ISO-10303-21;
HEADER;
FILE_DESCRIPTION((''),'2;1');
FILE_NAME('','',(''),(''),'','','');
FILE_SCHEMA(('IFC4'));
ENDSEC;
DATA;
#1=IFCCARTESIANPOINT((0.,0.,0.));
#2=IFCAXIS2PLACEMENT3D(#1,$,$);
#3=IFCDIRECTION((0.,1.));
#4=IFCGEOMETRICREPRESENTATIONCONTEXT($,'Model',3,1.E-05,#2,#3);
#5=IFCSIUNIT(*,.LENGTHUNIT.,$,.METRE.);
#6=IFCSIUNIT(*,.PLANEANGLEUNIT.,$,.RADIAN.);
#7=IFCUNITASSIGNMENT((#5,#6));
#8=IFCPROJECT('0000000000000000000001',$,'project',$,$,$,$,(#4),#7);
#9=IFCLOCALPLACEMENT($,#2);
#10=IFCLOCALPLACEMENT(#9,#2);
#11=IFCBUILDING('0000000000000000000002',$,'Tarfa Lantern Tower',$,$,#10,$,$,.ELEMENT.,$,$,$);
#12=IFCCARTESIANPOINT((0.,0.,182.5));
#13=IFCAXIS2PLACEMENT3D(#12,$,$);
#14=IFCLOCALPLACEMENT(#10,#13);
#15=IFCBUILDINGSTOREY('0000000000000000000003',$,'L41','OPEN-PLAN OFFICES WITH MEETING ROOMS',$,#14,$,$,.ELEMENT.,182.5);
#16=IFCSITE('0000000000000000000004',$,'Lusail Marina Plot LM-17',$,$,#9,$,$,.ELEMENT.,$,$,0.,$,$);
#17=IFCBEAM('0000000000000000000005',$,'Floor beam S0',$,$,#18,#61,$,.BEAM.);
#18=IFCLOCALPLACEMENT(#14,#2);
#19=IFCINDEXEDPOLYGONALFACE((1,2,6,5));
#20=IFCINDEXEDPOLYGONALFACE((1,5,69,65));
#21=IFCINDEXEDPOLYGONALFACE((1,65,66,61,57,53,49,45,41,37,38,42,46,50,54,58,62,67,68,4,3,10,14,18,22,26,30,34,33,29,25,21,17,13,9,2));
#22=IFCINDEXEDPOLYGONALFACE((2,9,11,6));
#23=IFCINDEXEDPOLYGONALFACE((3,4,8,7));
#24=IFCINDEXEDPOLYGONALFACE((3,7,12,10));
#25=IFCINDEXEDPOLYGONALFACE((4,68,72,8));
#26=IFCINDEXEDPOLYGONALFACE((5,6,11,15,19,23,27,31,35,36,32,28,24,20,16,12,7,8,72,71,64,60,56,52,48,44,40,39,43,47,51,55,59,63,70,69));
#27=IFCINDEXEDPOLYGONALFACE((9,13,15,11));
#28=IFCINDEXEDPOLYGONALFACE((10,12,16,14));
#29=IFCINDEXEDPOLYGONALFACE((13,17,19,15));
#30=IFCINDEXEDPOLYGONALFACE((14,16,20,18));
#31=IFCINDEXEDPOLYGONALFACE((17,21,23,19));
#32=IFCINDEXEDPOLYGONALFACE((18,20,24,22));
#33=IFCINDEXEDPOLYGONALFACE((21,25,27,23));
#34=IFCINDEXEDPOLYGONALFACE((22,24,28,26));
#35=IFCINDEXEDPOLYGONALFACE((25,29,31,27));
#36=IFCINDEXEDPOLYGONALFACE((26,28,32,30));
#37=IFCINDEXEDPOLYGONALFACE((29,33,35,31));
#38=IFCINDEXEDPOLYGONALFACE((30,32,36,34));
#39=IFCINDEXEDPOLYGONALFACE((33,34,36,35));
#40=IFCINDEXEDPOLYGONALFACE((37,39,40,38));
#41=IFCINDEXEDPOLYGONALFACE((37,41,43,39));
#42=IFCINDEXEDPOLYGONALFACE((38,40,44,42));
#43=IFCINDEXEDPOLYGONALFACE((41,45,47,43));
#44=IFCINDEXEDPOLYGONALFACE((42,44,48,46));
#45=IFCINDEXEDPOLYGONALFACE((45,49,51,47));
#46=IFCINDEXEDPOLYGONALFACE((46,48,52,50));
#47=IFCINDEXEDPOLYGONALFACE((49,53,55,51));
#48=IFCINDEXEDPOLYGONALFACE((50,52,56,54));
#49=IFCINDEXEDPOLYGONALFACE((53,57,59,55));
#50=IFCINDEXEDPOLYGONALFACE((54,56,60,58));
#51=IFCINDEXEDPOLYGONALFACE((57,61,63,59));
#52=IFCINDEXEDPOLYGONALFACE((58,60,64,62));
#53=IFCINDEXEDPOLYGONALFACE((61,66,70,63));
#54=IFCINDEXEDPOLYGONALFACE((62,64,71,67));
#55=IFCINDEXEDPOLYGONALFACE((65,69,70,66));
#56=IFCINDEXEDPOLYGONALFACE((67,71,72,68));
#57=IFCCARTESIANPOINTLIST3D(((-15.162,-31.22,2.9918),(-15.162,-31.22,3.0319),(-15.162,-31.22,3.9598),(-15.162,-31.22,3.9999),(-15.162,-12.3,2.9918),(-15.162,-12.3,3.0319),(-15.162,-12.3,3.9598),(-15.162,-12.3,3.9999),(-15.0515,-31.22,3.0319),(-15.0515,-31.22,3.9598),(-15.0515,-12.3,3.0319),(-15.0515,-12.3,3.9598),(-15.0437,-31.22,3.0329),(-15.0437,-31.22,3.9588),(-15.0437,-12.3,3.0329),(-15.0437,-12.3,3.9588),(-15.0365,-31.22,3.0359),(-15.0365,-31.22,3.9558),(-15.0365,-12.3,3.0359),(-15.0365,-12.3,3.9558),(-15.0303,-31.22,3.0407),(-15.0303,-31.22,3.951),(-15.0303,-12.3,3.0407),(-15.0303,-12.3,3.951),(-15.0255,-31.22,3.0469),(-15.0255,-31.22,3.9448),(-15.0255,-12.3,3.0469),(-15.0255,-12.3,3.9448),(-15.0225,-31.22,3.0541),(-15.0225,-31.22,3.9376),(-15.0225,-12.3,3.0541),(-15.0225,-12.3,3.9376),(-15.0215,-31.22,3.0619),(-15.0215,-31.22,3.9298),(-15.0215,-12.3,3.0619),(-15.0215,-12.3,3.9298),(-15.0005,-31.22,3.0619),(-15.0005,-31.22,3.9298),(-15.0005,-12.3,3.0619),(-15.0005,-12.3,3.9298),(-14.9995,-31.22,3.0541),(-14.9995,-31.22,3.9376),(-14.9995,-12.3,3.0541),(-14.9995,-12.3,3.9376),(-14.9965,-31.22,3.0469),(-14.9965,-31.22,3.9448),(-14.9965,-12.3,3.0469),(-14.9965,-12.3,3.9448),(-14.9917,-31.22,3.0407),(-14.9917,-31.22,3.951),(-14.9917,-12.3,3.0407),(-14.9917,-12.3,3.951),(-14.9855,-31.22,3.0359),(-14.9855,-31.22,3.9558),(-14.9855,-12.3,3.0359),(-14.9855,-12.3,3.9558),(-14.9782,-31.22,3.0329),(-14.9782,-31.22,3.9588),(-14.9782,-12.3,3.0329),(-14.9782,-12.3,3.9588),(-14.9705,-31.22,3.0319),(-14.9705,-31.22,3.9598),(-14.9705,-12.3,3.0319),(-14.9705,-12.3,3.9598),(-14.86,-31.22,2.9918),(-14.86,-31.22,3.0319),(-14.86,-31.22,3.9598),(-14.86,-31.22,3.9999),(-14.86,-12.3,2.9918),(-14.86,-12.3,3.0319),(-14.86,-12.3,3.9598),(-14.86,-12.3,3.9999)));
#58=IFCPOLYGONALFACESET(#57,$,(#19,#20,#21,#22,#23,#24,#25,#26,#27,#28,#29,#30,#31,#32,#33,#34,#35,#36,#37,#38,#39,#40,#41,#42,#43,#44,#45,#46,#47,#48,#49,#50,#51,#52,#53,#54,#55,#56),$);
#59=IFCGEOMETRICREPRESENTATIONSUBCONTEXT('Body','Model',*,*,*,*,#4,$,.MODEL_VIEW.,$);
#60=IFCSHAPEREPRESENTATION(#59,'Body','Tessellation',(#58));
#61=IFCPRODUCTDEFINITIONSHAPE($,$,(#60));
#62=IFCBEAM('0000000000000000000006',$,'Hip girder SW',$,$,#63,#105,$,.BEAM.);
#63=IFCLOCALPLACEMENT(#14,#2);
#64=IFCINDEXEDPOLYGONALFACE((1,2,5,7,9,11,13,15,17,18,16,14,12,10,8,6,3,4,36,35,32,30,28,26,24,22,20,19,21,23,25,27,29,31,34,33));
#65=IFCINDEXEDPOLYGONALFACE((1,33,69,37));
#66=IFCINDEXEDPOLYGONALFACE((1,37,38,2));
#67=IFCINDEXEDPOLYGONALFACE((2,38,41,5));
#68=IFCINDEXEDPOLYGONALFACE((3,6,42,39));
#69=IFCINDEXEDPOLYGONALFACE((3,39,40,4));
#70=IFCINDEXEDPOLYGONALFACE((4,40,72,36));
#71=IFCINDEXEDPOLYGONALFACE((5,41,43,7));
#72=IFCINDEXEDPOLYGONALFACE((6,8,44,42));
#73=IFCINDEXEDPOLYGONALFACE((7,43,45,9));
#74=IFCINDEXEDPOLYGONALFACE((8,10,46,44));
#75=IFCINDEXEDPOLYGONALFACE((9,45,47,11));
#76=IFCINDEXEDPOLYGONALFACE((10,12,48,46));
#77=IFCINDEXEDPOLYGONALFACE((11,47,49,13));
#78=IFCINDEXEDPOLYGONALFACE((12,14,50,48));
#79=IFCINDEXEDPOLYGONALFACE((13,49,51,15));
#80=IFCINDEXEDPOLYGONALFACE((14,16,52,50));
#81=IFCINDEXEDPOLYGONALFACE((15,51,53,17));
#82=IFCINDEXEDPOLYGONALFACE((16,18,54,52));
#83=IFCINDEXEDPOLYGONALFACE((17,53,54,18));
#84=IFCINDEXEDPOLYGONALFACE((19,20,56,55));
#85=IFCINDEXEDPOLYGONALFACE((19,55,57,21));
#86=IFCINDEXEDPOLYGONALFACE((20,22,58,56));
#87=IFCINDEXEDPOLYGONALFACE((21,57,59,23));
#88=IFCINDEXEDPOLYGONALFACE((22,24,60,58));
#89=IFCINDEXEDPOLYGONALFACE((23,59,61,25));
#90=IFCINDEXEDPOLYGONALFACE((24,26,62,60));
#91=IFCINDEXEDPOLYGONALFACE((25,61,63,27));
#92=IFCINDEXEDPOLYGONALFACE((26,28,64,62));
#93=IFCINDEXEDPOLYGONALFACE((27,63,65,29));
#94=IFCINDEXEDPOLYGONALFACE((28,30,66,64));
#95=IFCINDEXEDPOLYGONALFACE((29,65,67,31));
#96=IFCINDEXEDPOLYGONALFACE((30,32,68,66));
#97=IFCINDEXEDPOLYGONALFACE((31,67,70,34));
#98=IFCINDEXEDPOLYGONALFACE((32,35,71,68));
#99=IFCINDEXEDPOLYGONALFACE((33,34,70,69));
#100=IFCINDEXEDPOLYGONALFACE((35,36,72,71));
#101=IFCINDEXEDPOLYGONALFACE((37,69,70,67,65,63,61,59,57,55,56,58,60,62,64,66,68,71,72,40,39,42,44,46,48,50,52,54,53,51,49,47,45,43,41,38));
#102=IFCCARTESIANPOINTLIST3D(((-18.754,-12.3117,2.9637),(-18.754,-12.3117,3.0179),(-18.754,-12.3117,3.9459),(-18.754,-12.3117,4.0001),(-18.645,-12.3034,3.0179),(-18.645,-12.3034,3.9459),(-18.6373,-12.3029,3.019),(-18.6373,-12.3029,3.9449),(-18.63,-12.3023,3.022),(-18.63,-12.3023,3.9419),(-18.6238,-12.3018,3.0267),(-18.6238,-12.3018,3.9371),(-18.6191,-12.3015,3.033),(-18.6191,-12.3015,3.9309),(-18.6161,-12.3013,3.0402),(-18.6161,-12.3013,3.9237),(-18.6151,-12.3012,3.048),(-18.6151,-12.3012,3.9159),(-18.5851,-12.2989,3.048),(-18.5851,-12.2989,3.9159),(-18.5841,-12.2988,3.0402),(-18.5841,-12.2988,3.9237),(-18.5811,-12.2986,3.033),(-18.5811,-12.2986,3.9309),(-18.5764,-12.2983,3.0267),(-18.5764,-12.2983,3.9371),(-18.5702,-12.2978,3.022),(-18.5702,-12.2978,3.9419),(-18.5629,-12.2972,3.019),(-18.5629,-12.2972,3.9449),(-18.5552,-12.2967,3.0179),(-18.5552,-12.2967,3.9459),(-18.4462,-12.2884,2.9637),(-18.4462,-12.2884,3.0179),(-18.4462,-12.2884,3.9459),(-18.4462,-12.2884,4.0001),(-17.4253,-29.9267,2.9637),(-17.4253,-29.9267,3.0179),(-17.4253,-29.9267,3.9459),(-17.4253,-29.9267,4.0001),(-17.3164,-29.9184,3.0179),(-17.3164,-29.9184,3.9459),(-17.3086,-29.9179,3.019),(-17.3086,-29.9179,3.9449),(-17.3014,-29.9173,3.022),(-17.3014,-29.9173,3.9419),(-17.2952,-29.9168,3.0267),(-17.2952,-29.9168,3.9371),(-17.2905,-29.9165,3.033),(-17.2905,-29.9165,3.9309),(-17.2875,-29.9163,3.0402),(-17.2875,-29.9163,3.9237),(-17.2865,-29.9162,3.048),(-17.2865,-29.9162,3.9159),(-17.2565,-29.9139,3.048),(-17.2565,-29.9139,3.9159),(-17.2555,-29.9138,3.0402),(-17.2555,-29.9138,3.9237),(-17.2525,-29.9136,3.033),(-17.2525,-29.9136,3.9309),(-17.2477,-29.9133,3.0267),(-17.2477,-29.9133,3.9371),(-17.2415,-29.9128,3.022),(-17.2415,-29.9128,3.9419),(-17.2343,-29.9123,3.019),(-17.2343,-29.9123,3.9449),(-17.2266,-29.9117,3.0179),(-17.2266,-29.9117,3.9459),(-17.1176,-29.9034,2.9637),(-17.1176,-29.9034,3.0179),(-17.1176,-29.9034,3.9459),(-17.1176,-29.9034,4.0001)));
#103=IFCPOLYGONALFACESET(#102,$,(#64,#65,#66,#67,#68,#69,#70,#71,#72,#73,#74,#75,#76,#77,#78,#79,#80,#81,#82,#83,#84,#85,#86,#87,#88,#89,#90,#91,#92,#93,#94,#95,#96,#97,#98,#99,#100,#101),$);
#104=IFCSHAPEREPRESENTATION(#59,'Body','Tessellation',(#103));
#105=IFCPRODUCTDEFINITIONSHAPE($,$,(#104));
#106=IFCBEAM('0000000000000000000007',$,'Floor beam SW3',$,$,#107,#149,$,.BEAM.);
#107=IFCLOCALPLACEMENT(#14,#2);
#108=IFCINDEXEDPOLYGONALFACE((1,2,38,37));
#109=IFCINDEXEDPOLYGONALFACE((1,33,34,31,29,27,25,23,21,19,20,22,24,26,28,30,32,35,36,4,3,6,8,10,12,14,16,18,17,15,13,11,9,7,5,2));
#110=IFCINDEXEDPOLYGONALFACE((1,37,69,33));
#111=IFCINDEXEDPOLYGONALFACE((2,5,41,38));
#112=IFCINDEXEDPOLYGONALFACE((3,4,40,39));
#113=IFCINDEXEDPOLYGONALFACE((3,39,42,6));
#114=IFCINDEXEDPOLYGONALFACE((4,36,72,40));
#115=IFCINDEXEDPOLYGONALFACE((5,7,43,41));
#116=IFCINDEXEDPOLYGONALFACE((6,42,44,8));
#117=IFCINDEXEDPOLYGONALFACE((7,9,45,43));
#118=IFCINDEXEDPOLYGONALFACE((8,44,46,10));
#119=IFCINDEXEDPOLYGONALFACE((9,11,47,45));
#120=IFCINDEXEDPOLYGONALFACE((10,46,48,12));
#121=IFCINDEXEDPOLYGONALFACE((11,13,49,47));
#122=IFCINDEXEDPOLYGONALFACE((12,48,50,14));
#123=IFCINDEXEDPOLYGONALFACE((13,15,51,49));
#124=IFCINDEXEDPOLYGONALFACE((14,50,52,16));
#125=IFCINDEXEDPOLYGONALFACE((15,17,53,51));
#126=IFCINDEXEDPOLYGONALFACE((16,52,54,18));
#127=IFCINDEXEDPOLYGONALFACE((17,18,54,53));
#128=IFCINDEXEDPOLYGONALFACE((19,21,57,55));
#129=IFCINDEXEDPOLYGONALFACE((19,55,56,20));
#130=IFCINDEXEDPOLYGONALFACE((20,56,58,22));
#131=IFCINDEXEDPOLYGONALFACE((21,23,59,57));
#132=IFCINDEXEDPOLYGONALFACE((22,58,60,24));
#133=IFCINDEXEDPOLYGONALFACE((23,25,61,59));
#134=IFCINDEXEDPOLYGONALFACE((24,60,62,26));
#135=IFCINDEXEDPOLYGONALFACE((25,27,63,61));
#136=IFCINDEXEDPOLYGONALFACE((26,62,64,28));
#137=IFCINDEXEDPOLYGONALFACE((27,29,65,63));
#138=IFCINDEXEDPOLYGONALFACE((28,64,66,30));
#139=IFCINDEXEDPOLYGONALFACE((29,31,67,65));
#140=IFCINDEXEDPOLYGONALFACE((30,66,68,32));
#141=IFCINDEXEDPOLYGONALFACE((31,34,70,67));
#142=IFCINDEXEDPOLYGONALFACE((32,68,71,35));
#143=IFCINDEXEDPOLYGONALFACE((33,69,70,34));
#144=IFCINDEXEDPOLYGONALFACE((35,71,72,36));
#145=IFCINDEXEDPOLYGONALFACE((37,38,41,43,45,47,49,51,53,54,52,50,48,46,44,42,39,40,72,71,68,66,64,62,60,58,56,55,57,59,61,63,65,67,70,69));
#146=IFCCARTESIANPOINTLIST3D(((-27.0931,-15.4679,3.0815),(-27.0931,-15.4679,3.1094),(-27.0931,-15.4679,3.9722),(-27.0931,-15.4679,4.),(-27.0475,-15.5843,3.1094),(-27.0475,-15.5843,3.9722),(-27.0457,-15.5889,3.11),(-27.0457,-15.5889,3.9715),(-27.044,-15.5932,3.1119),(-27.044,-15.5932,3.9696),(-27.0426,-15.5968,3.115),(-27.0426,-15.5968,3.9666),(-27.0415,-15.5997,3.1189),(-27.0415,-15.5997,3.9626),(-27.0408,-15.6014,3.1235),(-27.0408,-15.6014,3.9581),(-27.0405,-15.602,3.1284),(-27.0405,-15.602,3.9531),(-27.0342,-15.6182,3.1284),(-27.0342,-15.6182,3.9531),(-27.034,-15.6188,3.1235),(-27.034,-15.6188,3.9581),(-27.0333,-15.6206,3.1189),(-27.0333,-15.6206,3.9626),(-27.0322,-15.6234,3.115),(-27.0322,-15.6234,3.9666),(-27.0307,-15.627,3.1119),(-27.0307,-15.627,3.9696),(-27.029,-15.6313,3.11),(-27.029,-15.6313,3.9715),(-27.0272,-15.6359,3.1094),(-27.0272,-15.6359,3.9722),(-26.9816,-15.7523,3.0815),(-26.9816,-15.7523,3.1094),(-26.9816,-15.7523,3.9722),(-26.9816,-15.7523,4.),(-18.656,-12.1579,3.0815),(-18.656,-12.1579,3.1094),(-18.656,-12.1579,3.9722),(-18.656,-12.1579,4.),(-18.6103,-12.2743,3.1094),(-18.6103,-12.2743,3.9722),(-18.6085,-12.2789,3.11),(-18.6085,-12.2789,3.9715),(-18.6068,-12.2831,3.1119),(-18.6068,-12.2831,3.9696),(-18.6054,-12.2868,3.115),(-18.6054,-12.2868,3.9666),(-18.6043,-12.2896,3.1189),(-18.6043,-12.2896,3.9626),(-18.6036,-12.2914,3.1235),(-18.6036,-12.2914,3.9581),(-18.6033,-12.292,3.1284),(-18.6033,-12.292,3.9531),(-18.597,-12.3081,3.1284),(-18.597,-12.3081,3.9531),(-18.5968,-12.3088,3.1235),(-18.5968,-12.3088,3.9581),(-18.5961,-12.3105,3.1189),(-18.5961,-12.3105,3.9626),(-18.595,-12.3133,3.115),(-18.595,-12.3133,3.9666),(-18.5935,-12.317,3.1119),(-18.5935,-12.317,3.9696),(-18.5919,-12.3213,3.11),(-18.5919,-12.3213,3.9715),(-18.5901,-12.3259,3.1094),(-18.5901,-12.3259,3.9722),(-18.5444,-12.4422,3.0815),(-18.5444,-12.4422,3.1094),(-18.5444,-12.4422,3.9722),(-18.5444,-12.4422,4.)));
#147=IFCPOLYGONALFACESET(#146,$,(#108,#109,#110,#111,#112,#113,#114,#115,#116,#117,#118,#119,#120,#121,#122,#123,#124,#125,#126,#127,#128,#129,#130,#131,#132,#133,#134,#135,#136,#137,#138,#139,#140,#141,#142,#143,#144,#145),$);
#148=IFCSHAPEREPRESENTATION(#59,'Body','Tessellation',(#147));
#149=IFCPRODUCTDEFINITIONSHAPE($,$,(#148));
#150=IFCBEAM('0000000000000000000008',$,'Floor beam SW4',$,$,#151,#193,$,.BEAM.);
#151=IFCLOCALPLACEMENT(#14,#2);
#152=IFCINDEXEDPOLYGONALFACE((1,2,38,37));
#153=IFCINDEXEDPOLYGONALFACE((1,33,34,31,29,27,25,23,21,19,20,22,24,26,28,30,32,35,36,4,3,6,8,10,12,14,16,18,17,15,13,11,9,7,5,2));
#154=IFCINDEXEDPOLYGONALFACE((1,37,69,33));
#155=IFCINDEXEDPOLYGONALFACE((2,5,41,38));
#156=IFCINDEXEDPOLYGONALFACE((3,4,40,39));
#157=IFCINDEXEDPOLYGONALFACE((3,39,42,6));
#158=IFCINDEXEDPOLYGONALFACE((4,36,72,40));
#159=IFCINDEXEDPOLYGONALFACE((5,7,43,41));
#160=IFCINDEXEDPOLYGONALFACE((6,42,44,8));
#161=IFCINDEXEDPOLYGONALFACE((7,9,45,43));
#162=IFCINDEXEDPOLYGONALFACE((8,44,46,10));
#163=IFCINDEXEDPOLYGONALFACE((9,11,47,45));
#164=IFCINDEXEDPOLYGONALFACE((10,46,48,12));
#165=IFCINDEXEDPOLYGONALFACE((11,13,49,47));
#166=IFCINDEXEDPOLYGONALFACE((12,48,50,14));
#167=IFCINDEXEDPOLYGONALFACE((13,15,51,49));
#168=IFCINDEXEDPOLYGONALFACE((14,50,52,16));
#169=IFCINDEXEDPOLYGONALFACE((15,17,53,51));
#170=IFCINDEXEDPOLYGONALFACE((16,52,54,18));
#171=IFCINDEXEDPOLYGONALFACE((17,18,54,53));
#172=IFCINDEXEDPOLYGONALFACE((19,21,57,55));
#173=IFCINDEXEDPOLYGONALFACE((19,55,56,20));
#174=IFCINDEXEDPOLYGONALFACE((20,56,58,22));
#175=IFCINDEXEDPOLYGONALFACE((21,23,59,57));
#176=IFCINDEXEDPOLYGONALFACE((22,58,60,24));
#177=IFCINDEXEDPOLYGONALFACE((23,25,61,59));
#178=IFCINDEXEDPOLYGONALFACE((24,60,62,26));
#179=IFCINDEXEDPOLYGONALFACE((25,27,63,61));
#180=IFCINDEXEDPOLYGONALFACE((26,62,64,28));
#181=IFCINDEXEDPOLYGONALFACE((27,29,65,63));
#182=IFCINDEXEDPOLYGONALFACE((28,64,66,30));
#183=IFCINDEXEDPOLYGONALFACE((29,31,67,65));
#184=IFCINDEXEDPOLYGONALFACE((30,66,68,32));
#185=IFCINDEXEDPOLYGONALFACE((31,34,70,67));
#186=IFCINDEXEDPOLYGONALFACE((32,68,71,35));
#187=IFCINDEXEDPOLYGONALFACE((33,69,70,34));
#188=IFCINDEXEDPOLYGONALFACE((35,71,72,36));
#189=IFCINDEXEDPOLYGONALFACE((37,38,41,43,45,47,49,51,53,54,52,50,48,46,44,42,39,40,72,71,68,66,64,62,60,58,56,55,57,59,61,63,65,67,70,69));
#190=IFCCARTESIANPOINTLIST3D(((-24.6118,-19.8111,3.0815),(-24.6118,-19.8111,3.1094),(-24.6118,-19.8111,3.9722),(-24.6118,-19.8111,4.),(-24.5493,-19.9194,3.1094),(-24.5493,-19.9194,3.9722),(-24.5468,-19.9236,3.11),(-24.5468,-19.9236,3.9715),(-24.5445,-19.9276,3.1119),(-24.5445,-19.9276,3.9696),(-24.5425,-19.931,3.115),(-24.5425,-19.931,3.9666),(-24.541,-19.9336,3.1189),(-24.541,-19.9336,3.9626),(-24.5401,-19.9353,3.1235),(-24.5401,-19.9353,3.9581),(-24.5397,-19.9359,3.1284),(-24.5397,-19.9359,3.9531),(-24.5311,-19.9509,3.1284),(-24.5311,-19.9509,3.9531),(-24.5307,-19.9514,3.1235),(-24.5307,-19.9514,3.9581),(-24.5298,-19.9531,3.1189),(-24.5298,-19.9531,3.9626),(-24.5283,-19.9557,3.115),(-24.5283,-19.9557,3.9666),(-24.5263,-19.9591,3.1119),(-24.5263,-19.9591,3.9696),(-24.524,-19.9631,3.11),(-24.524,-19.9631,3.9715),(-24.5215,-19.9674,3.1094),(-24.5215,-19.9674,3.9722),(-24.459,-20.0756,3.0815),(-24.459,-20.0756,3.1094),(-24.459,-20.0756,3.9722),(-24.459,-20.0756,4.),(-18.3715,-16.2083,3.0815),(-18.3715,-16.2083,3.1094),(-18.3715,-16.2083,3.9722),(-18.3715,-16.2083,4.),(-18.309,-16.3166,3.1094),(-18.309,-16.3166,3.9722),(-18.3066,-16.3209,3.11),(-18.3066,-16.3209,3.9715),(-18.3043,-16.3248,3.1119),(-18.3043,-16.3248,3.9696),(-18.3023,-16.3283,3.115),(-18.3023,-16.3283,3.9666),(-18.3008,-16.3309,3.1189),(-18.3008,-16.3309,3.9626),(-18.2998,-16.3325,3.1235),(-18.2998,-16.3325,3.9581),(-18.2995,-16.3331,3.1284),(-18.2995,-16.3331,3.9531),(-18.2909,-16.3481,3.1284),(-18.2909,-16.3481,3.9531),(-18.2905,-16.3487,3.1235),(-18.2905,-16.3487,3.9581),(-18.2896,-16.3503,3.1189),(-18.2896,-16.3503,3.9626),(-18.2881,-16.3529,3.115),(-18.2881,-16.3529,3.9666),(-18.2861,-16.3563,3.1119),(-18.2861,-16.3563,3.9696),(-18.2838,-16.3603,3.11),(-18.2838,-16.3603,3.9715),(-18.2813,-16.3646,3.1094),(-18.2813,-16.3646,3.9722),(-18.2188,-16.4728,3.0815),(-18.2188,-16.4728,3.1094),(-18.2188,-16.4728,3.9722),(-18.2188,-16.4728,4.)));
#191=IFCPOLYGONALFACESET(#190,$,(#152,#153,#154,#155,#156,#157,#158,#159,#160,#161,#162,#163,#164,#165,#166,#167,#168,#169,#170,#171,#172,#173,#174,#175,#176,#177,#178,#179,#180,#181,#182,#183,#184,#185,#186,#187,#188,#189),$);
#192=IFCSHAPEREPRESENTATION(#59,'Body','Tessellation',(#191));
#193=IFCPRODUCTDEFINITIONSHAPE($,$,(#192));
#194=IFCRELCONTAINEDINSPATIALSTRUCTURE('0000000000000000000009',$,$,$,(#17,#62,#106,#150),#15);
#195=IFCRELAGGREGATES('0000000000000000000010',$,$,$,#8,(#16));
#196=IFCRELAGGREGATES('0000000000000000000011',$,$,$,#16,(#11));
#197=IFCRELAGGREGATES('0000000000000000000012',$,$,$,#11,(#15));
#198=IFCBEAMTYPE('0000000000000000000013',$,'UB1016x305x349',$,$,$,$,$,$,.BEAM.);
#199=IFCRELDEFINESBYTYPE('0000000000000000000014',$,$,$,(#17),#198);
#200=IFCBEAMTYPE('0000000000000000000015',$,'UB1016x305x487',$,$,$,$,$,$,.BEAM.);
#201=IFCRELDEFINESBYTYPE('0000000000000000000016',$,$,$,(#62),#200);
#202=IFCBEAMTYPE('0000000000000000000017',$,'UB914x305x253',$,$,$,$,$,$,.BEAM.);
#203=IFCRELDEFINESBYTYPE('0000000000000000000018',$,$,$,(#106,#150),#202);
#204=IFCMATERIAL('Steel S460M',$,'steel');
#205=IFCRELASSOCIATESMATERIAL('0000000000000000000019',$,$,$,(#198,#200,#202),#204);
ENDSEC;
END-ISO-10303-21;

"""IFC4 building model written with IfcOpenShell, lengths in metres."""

from ifc_helpers import new_model, si_unit, direction, frame, origin, origin_2d, place, context, subcontext, project, spatial, i_section, extrude, material, material_profile, profile_set, type_object, element, save


model = new_model("IFC4")

# Units and contexts
model_context = context("Model", 3, precision=1e-05, world=origin(), true_north=direction((0.0, 1.0)))
body_context = subcontext(model_context, "Body", "Model", "MODEL_VIEW")
ifc_project = project(units=[si_unit("LENGTHUNIT", "METRE"), si_unit("PLANEANGLEUNIT", "RADIAN")], contexts=[model_context])

# Site, building, storey
site_placement = place(None, origin())
site = spatial("IfcSite", under=ifc_project, at=site_placement, Name="Lusail Marina Plot LM-17", CompositionType="ELEMENT", RefElevation=0.0)
building_placement = place(site_placement, origin())
building = spatial("IfcBuilding", under=site, at=building_placement, Name="Tarfa Lantern Tower", CompositionType="ELEMENT")
storey_placement = place(building_placement, frame((0.0, 0.0, 182.5)))
storey = spatial("IfcBuildingStorey", under=building, at=storey_placement, Name="L41", Description="OPEN-PLAN OFFICES WITH MEETING ROOMS", CompositionType="ELEMENT", Elevation=182.5)

# Beams
ifc_material_1 = material(Name="Steel S460M", Category="steel")
ifc_material_profile_1 = material_profile(ifc_material_1, i_section(OverallWidth=0.302, OverallDepth=1.0081, WebThickness=0.021, FlangeThickness=0.04, FilletRadius=0.03, at=origin_2d()), Name="UB1016x305x349")
ifc_profile_set_1 = profile_set([ifc_material_profile_1], Name="Steel S460M")
beam_type_1 = type_object("IfcBeamType", Name="UB1016x305x349", PredefinedType="BEAM", material=ifc_profile_set_1)
beam_1_placement = place(storey_placement, frame((-15.011, -31.22, 3.4958), z_axis=(0.0, 1.0, 0.0), x_axis=(-1.0, 0.0, 0.0)))
element("IfcBeam", 1, at=beam_1_placement, inside=storey, type_object=beam_type_1, Name="Floor beam S0", PredefinedType="BEAM", context=body_context, shape_type="SweptSolid", body=[
    extrude(i_section(OverallWidth=0.302, OverallDepth=1.0081, WebThickness=0.021, FlangeThickness=0.04, FilletRadius=0.03, at=origin_2d()), origin(), (0.0, 0.0, 1.0), 18.9199),
])
ifc_material_profile_2 = material_profile(ifc_material_1, i_section(OverallWidth=0.3086, OverallDepth=1.0364, WebThickness=0.03, FlangeThickness=0.0542, FilletRadius=0.03, at=origin_2d()), Name="UB1016x305x487")
ifc_profile_set_2 = profile_set([ifc_material_profile_2], Name="Steel S460M")
beam_type_2 = type_object("IfcBeamType", Name="UB1016x305x487", PredefinedType="BEAM", material=ifc_profile_set_2)
beam_2_placement = place(storey_placement, frame((-18.6001, -12.3, 3.4819), z_axis=(0.075212, -0.997168, 0.0), x_axis=(0.997168, 0.075212, 0.0)))
element("IfcBeam", 2, at=beam_2_placement, inside=storey, type_object=beam_type_2, Name="Hip girder SW", PredefinedType="BEAM", context=body_context, shape_type="SweptSolid", body=[
    extrude(i_section(OverallWidth=0.3086, OverallDepth=1.0364, WebThickness=0.03, FlangeThickness=0.0542, FilletRadius=0.03, at=origin_2d()), origin(), (0.0, 0.0, 1.0), 17.665),
])
ifc_material_profile_3 = material_profile(ifc_material_1, i_section(OverallWidth=0.3054, OverallDepth=0.9185, WebThickness=0.0173, FlangeThickness=0.0278, FilletRadius=0.019, at=origin_2d()), Name="UB914x305x253")
ifc_profile_set_3 = profile_set([ifc_material_profile_3], Name="Steel S460M")
beam_type_3 = type_object("IfcBeamType", Name="UB914x305x253", PredefinedType="BEAM", material=ifc_profile_set_3)
beam_3_placement = place(storey_placement, frame((-27.0374, -15.6101, 3.5408), z_axis=(0.930923, 0.365215, 0.0), x_axis=(-0.365215, 0.930923, 0.0)))
element("IfcBeam", 3, at=beam_3_placement, inside=storey, type_object=beam_type_3, Name="Floor beam SW3", PredefinedType="BEAM", context=body_context, shape_type="SweptSolid", body=[
    extrude(i_section(OverallWidth=0.3054, OverallDepth=0.9185, WebThickness=0.0173, FlangeThickness=0.0278, FilletRadius=0.019, at=origin_2d()), origin(), (0.0, 0.0, 1.0), 9.0632),
])
beam_4_placement = place(storey_placement, frame((-24.5354, -19.9434, 3.5408), z_axis=(0.866026, 0.499998, 0.0), x_axis=(-0.499998, 0.866026, 0.0)))
element("IfcBeam", 4, at=beam_4_placement, inside=storey, type_object=beam_type_3, Name="Floor beam SW4", PredefinedType="BEAM", context=body_context, shape_type="SweptSolid", body=[
    extrude(i_section(OverallWidth=0.3054, OverallDepth=0.9185, WebThickness=0.0173, FlangeThickness=0.0278, FilletRadius=0.019, at=origin_2d()), origin(), (0.0, 0.0, 1.0), 7.2056),
])

save(model, "model.ifc")
